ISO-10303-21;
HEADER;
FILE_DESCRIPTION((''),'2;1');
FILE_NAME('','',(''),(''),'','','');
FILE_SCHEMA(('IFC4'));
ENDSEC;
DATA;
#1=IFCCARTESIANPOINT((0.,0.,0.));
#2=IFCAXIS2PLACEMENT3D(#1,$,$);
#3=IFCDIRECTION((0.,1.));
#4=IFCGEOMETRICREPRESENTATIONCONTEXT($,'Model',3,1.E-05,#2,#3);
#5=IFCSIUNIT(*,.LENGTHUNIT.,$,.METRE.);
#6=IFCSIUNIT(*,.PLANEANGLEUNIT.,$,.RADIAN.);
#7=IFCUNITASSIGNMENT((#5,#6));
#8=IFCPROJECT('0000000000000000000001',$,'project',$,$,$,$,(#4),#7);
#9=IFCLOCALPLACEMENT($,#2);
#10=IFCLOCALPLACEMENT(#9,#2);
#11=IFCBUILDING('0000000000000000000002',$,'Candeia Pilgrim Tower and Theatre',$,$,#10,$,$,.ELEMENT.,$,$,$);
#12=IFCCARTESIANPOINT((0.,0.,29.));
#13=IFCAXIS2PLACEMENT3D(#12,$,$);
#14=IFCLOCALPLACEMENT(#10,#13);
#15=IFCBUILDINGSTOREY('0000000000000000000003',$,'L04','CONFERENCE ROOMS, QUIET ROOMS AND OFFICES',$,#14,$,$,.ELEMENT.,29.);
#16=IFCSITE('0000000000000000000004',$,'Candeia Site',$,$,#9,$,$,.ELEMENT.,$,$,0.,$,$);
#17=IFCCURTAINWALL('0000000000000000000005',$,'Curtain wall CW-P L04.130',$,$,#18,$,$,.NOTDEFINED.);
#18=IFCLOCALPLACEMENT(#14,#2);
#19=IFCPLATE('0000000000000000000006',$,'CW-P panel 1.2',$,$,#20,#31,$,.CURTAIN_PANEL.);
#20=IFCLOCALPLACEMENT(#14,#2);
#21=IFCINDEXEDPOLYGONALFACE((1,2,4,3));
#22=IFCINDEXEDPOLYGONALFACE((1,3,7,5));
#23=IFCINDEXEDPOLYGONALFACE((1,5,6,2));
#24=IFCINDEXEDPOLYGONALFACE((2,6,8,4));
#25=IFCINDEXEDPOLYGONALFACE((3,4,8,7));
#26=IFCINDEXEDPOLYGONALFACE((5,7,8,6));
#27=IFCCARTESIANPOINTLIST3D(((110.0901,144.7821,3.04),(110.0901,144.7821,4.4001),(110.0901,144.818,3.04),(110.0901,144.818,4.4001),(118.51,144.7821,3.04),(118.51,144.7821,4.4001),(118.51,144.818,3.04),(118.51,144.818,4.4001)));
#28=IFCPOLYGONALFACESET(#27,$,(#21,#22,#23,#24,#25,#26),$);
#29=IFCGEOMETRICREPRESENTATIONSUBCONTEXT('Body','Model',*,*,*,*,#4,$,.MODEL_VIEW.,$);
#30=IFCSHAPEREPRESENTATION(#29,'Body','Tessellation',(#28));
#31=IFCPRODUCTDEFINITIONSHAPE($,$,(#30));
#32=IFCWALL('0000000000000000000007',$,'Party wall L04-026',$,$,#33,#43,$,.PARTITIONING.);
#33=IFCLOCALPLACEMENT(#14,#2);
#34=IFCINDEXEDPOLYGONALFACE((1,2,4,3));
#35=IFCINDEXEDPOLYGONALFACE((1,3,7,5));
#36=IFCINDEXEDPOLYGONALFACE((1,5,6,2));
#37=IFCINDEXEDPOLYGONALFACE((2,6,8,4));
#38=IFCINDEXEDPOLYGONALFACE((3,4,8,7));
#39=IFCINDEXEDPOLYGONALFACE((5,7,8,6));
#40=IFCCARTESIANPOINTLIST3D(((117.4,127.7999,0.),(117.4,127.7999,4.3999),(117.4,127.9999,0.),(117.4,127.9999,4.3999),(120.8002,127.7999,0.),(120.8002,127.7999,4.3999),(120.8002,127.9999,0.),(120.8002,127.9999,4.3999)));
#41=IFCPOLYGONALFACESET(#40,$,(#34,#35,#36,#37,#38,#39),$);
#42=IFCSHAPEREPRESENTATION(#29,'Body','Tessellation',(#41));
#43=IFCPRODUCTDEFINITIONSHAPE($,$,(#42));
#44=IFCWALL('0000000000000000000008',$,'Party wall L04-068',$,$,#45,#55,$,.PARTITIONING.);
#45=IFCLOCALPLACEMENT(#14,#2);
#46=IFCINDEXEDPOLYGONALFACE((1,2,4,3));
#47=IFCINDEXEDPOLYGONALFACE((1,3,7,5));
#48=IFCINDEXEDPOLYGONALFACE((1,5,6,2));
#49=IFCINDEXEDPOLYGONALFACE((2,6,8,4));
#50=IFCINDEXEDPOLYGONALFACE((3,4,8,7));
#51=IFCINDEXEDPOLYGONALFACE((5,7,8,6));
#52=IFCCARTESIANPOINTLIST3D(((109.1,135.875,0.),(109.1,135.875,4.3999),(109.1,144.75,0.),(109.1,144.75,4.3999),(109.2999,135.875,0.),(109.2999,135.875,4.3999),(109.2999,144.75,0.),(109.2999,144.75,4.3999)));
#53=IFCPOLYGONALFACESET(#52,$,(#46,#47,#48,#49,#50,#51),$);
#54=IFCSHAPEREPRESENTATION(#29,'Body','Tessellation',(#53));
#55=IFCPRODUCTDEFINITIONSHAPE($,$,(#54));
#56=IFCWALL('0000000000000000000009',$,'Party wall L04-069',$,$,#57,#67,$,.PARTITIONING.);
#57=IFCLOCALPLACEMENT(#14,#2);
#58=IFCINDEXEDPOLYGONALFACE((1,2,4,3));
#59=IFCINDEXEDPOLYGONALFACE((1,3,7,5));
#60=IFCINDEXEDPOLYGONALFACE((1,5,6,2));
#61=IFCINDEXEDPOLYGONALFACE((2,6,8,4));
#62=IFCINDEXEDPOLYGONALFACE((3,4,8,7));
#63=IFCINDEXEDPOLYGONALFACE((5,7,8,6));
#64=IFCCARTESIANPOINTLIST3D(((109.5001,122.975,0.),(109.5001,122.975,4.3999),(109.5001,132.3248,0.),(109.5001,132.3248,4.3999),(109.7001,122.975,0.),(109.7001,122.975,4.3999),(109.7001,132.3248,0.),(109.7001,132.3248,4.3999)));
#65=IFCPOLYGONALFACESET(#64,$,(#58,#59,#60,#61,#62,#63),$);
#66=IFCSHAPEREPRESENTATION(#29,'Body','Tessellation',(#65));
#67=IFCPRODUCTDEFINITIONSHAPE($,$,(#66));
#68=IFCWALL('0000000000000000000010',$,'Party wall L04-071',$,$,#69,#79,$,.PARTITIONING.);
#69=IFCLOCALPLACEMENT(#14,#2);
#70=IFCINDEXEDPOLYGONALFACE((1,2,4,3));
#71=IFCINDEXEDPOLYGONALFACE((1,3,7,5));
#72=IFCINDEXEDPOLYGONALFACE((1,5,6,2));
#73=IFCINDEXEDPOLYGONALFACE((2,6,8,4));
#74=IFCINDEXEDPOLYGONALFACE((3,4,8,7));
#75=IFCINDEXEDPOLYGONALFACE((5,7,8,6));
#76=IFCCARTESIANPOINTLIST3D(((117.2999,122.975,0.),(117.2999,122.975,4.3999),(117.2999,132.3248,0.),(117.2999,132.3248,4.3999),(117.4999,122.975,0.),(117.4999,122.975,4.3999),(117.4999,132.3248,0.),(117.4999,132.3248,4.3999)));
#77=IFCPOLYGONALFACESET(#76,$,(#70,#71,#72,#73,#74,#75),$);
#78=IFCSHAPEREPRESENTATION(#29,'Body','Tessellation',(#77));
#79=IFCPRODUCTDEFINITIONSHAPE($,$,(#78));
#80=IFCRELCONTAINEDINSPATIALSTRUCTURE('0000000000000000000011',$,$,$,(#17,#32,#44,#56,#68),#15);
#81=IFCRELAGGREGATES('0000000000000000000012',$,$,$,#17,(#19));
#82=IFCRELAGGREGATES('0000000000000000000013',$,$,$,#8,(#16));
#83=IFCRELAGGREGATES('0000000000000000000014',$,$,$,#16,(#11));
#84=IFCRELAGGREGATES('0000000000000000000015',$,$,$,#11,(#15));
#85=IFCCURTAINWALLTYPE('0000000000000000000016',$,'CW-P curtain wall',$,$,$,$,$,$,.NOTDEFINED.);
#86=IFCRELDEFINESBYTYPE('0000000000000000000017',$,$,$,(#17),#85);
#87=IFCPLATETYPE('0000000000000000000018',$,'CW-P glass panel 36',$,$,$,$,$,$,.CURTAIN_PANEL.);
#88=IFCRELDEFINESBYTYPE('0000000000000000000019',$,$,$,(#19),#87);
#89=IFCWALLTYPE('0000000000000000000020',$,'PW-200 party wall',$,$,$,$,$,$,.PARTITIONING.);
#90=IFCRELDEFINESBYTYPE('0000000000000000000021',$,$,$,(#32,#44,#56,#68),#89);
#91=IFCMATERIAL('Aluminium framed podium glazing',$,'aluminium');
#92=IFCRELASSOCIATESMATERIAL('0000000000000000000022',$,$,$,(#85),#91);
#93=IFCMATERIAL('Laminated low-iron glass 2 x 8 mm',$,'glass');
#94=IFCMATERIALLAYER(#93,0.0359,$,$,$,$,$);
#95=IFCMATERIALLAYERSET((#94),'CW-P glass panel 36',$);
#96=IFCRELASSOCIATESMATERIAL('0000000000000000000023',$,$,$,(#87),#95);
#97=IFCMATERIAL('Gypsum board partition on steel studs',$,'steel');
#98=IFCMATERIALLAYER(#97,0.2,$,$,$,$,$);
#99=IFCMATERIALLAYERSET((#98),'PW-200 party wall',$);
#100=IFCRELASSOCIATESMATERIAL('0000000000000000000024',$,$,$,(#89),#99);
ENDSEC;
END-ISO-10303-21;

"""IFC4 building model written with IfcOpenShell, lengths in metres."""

from ifc_helpers import new_model, si_unit, direction, frame, frame_2d, origin, origin_2d, place, context, subcontext, project, spatial, rectangle, extrude, material, layer, layer_set, type_object, element, aggregate, save


model = new_model("IFC4")

# Units and contexts
model_context = context("Model", 3, precision=1e-05, world=origin(), true_north=direction((0.0, 1.0)))
body_context = subcontext(model_context, "Body", "Model", "MODEL_VIEW")
ifc_project = project(units=[si_unit("LENGTHUNIT", "METRE"), si_unit("PLANEANGLEUNIT", "RADIAN")], contexts=[model_context])

# Site, building, storey
site_placement = place(None, origin())
site = spatial("IfcSite", under=ifc_project, at=site_placement, Name="Candeia Site", CompositionType="ELEMENT", RefElevation=0.0)
building_placement = place(site_placement, origin())
building = spatial("IfcBuilding", under=site, at=building_placement, Name="Candeia Pilgrim Tower and Theatre", CompositionType="ELEMENT")
storey_placement = place(building_placement, frame((0.0, 0.0, 29.0)))
storey = spatial("IfcBuildingStorey", under=building, at=storey_placement, Name="L04", Description="CONFERENCE ROOMS, QUIET ROOMS AND OFFICES", CompositionType="ELEMENT", Elevation=29.0)

# Curtain wall
ifc_material_1 = material(Name="Aluminium framed podium glazing", Category="aluminium")
curtain_wall_type = type_object("IfcCurtainWallType", Name="CW-P curtain wall", PredefinedType="NOTDEFINED", material=ifc_material_1)
curtain_wall_1_placement = place(storey_placement, origin())
curtain_wall_1 = element("IfcCurtainWall", 1, at=curtain_wall_1_placement, inside=storey, type_object=curtain_wall_type, Name="Curtain wall CW-P L04.130", PredefinedType="NOTDEFINED")

# Plate
ifc_material_2 = material(Name="Laminated low-iron glass 2 x 8 mm", Category="glass")
ifc_layer_1 = layer(ifc_material_2, 0.0359)
ifc_layer_set_1 = layer_set([ifc_layer_1], Name="CW-P glass panel 36")
plate_type = type_object("IfcPlateType", Name="CW-P glass panel 36", PredefinedType="CURTAIN_PANEL", material=ifc_layer_set_1)
plate_1_placement = place(storey_placement, frame((114.3, 144.8, 3.04), z_axis=(0.0, 0.0, 1.0), x_axis=(1.0, 0.0, 0.0)))
plate_1 = element("IfcPlate", 2, at=plate_1_placement, type_object=plate_type, Name="CW-P panel 1.2", PredefinedType="CURTAIN_PANEL", context=body_context, shape_type="SweptSolid", body=[
    extrude(rectangle(XDim=8.4199, YDim=0.0359, at=origin_2d()), origin(), (0.0, 0.0, 1.0), 1.3601),
])
aggregate(curtain_wall_1, [plate_1])

# Walls
ifc_material_3 = material(Name="Gypsum board partition on steel studs", Category="steel")
ifc_layer_2 = layer(ifc_material_3, 0.2)
ifc_layer_set_2 = layer_set([ifc_layer_2], Name="PW-200 party wall")
wall_type = type_object("IfcWallType", Name="PW-200 party wall", PredefinedType="PARTITIONING", material=ifc_layer_set_2)
wall_1_placement = place(storey_placement, frame((117.3999, 127.8999, 0.0), z_axis=(0.0, 0.0, 1.0), x_axis=(1.0, 0.0, 0.0)))
element("IfcWall", 3, at=wall_1_placement, inside=storey, type_object=wall_type, Name="Party wall L04-026", PredefinedType="PARTITIONING", context=body_context, shape_type="SweptSolid", body=[
    extrude(rectangle(XDim=3.4001, YDim=0.2, at=frame_2d((1.7002, 0.0))), origin(), (0.0, 0.0, 1.0), 4.3999),
])
wall_2_placement = place(storey_placement, frame((109.2, 135.875, 0.0), z_axis=(0.0, 0.0, 1.0), x_axis=(0.0, 1.0, 0.0)))
element("IfcWall", 4, at=wall_2_placement, inside=storey, type_object=wall_type, Name="Party wall L04-068", PredefinedType="PARTITIONING", context=body_context, shape_type="SweptSolid", body=[
    extrude(rectangle(XDim=8.875, YDim=0.2, at=frame_2d((4.4375, 0.0))), origin(), (0.0, 0.0, 1.0), 4.3999),
])
for number, where, z_axis, x_axis, name in (
    (5, (109.6001, 122.9751, 0.0), (0.0, 0.0, 1.0), (0.0, 1.0, 0.0), "Party wall L04-069"),
    (6, (117.3999, 122.9751, 0.0), (0.0, 0.0, 1.0), (0.0, 1.0, 0.0), "Party wall L04-071"),
):
    element("IfcWall", number, at=place(storey_placement, frame(where, z_axis=z_axis, x_axis=x_axis)), inside=storey, type_object=wall_type, Name=name, PredefinedType="PARTITIONING", context=body_context, shape_type="SweptSolid", body=[
        extrude(rectangle(XDim=9.3499, YDim=0.2, at=frame_2d((4.6748, 0.0))), origin(), (0.0, 0.0, 1.0), 4.3999),
    ])

save(model, "model.ifc")
